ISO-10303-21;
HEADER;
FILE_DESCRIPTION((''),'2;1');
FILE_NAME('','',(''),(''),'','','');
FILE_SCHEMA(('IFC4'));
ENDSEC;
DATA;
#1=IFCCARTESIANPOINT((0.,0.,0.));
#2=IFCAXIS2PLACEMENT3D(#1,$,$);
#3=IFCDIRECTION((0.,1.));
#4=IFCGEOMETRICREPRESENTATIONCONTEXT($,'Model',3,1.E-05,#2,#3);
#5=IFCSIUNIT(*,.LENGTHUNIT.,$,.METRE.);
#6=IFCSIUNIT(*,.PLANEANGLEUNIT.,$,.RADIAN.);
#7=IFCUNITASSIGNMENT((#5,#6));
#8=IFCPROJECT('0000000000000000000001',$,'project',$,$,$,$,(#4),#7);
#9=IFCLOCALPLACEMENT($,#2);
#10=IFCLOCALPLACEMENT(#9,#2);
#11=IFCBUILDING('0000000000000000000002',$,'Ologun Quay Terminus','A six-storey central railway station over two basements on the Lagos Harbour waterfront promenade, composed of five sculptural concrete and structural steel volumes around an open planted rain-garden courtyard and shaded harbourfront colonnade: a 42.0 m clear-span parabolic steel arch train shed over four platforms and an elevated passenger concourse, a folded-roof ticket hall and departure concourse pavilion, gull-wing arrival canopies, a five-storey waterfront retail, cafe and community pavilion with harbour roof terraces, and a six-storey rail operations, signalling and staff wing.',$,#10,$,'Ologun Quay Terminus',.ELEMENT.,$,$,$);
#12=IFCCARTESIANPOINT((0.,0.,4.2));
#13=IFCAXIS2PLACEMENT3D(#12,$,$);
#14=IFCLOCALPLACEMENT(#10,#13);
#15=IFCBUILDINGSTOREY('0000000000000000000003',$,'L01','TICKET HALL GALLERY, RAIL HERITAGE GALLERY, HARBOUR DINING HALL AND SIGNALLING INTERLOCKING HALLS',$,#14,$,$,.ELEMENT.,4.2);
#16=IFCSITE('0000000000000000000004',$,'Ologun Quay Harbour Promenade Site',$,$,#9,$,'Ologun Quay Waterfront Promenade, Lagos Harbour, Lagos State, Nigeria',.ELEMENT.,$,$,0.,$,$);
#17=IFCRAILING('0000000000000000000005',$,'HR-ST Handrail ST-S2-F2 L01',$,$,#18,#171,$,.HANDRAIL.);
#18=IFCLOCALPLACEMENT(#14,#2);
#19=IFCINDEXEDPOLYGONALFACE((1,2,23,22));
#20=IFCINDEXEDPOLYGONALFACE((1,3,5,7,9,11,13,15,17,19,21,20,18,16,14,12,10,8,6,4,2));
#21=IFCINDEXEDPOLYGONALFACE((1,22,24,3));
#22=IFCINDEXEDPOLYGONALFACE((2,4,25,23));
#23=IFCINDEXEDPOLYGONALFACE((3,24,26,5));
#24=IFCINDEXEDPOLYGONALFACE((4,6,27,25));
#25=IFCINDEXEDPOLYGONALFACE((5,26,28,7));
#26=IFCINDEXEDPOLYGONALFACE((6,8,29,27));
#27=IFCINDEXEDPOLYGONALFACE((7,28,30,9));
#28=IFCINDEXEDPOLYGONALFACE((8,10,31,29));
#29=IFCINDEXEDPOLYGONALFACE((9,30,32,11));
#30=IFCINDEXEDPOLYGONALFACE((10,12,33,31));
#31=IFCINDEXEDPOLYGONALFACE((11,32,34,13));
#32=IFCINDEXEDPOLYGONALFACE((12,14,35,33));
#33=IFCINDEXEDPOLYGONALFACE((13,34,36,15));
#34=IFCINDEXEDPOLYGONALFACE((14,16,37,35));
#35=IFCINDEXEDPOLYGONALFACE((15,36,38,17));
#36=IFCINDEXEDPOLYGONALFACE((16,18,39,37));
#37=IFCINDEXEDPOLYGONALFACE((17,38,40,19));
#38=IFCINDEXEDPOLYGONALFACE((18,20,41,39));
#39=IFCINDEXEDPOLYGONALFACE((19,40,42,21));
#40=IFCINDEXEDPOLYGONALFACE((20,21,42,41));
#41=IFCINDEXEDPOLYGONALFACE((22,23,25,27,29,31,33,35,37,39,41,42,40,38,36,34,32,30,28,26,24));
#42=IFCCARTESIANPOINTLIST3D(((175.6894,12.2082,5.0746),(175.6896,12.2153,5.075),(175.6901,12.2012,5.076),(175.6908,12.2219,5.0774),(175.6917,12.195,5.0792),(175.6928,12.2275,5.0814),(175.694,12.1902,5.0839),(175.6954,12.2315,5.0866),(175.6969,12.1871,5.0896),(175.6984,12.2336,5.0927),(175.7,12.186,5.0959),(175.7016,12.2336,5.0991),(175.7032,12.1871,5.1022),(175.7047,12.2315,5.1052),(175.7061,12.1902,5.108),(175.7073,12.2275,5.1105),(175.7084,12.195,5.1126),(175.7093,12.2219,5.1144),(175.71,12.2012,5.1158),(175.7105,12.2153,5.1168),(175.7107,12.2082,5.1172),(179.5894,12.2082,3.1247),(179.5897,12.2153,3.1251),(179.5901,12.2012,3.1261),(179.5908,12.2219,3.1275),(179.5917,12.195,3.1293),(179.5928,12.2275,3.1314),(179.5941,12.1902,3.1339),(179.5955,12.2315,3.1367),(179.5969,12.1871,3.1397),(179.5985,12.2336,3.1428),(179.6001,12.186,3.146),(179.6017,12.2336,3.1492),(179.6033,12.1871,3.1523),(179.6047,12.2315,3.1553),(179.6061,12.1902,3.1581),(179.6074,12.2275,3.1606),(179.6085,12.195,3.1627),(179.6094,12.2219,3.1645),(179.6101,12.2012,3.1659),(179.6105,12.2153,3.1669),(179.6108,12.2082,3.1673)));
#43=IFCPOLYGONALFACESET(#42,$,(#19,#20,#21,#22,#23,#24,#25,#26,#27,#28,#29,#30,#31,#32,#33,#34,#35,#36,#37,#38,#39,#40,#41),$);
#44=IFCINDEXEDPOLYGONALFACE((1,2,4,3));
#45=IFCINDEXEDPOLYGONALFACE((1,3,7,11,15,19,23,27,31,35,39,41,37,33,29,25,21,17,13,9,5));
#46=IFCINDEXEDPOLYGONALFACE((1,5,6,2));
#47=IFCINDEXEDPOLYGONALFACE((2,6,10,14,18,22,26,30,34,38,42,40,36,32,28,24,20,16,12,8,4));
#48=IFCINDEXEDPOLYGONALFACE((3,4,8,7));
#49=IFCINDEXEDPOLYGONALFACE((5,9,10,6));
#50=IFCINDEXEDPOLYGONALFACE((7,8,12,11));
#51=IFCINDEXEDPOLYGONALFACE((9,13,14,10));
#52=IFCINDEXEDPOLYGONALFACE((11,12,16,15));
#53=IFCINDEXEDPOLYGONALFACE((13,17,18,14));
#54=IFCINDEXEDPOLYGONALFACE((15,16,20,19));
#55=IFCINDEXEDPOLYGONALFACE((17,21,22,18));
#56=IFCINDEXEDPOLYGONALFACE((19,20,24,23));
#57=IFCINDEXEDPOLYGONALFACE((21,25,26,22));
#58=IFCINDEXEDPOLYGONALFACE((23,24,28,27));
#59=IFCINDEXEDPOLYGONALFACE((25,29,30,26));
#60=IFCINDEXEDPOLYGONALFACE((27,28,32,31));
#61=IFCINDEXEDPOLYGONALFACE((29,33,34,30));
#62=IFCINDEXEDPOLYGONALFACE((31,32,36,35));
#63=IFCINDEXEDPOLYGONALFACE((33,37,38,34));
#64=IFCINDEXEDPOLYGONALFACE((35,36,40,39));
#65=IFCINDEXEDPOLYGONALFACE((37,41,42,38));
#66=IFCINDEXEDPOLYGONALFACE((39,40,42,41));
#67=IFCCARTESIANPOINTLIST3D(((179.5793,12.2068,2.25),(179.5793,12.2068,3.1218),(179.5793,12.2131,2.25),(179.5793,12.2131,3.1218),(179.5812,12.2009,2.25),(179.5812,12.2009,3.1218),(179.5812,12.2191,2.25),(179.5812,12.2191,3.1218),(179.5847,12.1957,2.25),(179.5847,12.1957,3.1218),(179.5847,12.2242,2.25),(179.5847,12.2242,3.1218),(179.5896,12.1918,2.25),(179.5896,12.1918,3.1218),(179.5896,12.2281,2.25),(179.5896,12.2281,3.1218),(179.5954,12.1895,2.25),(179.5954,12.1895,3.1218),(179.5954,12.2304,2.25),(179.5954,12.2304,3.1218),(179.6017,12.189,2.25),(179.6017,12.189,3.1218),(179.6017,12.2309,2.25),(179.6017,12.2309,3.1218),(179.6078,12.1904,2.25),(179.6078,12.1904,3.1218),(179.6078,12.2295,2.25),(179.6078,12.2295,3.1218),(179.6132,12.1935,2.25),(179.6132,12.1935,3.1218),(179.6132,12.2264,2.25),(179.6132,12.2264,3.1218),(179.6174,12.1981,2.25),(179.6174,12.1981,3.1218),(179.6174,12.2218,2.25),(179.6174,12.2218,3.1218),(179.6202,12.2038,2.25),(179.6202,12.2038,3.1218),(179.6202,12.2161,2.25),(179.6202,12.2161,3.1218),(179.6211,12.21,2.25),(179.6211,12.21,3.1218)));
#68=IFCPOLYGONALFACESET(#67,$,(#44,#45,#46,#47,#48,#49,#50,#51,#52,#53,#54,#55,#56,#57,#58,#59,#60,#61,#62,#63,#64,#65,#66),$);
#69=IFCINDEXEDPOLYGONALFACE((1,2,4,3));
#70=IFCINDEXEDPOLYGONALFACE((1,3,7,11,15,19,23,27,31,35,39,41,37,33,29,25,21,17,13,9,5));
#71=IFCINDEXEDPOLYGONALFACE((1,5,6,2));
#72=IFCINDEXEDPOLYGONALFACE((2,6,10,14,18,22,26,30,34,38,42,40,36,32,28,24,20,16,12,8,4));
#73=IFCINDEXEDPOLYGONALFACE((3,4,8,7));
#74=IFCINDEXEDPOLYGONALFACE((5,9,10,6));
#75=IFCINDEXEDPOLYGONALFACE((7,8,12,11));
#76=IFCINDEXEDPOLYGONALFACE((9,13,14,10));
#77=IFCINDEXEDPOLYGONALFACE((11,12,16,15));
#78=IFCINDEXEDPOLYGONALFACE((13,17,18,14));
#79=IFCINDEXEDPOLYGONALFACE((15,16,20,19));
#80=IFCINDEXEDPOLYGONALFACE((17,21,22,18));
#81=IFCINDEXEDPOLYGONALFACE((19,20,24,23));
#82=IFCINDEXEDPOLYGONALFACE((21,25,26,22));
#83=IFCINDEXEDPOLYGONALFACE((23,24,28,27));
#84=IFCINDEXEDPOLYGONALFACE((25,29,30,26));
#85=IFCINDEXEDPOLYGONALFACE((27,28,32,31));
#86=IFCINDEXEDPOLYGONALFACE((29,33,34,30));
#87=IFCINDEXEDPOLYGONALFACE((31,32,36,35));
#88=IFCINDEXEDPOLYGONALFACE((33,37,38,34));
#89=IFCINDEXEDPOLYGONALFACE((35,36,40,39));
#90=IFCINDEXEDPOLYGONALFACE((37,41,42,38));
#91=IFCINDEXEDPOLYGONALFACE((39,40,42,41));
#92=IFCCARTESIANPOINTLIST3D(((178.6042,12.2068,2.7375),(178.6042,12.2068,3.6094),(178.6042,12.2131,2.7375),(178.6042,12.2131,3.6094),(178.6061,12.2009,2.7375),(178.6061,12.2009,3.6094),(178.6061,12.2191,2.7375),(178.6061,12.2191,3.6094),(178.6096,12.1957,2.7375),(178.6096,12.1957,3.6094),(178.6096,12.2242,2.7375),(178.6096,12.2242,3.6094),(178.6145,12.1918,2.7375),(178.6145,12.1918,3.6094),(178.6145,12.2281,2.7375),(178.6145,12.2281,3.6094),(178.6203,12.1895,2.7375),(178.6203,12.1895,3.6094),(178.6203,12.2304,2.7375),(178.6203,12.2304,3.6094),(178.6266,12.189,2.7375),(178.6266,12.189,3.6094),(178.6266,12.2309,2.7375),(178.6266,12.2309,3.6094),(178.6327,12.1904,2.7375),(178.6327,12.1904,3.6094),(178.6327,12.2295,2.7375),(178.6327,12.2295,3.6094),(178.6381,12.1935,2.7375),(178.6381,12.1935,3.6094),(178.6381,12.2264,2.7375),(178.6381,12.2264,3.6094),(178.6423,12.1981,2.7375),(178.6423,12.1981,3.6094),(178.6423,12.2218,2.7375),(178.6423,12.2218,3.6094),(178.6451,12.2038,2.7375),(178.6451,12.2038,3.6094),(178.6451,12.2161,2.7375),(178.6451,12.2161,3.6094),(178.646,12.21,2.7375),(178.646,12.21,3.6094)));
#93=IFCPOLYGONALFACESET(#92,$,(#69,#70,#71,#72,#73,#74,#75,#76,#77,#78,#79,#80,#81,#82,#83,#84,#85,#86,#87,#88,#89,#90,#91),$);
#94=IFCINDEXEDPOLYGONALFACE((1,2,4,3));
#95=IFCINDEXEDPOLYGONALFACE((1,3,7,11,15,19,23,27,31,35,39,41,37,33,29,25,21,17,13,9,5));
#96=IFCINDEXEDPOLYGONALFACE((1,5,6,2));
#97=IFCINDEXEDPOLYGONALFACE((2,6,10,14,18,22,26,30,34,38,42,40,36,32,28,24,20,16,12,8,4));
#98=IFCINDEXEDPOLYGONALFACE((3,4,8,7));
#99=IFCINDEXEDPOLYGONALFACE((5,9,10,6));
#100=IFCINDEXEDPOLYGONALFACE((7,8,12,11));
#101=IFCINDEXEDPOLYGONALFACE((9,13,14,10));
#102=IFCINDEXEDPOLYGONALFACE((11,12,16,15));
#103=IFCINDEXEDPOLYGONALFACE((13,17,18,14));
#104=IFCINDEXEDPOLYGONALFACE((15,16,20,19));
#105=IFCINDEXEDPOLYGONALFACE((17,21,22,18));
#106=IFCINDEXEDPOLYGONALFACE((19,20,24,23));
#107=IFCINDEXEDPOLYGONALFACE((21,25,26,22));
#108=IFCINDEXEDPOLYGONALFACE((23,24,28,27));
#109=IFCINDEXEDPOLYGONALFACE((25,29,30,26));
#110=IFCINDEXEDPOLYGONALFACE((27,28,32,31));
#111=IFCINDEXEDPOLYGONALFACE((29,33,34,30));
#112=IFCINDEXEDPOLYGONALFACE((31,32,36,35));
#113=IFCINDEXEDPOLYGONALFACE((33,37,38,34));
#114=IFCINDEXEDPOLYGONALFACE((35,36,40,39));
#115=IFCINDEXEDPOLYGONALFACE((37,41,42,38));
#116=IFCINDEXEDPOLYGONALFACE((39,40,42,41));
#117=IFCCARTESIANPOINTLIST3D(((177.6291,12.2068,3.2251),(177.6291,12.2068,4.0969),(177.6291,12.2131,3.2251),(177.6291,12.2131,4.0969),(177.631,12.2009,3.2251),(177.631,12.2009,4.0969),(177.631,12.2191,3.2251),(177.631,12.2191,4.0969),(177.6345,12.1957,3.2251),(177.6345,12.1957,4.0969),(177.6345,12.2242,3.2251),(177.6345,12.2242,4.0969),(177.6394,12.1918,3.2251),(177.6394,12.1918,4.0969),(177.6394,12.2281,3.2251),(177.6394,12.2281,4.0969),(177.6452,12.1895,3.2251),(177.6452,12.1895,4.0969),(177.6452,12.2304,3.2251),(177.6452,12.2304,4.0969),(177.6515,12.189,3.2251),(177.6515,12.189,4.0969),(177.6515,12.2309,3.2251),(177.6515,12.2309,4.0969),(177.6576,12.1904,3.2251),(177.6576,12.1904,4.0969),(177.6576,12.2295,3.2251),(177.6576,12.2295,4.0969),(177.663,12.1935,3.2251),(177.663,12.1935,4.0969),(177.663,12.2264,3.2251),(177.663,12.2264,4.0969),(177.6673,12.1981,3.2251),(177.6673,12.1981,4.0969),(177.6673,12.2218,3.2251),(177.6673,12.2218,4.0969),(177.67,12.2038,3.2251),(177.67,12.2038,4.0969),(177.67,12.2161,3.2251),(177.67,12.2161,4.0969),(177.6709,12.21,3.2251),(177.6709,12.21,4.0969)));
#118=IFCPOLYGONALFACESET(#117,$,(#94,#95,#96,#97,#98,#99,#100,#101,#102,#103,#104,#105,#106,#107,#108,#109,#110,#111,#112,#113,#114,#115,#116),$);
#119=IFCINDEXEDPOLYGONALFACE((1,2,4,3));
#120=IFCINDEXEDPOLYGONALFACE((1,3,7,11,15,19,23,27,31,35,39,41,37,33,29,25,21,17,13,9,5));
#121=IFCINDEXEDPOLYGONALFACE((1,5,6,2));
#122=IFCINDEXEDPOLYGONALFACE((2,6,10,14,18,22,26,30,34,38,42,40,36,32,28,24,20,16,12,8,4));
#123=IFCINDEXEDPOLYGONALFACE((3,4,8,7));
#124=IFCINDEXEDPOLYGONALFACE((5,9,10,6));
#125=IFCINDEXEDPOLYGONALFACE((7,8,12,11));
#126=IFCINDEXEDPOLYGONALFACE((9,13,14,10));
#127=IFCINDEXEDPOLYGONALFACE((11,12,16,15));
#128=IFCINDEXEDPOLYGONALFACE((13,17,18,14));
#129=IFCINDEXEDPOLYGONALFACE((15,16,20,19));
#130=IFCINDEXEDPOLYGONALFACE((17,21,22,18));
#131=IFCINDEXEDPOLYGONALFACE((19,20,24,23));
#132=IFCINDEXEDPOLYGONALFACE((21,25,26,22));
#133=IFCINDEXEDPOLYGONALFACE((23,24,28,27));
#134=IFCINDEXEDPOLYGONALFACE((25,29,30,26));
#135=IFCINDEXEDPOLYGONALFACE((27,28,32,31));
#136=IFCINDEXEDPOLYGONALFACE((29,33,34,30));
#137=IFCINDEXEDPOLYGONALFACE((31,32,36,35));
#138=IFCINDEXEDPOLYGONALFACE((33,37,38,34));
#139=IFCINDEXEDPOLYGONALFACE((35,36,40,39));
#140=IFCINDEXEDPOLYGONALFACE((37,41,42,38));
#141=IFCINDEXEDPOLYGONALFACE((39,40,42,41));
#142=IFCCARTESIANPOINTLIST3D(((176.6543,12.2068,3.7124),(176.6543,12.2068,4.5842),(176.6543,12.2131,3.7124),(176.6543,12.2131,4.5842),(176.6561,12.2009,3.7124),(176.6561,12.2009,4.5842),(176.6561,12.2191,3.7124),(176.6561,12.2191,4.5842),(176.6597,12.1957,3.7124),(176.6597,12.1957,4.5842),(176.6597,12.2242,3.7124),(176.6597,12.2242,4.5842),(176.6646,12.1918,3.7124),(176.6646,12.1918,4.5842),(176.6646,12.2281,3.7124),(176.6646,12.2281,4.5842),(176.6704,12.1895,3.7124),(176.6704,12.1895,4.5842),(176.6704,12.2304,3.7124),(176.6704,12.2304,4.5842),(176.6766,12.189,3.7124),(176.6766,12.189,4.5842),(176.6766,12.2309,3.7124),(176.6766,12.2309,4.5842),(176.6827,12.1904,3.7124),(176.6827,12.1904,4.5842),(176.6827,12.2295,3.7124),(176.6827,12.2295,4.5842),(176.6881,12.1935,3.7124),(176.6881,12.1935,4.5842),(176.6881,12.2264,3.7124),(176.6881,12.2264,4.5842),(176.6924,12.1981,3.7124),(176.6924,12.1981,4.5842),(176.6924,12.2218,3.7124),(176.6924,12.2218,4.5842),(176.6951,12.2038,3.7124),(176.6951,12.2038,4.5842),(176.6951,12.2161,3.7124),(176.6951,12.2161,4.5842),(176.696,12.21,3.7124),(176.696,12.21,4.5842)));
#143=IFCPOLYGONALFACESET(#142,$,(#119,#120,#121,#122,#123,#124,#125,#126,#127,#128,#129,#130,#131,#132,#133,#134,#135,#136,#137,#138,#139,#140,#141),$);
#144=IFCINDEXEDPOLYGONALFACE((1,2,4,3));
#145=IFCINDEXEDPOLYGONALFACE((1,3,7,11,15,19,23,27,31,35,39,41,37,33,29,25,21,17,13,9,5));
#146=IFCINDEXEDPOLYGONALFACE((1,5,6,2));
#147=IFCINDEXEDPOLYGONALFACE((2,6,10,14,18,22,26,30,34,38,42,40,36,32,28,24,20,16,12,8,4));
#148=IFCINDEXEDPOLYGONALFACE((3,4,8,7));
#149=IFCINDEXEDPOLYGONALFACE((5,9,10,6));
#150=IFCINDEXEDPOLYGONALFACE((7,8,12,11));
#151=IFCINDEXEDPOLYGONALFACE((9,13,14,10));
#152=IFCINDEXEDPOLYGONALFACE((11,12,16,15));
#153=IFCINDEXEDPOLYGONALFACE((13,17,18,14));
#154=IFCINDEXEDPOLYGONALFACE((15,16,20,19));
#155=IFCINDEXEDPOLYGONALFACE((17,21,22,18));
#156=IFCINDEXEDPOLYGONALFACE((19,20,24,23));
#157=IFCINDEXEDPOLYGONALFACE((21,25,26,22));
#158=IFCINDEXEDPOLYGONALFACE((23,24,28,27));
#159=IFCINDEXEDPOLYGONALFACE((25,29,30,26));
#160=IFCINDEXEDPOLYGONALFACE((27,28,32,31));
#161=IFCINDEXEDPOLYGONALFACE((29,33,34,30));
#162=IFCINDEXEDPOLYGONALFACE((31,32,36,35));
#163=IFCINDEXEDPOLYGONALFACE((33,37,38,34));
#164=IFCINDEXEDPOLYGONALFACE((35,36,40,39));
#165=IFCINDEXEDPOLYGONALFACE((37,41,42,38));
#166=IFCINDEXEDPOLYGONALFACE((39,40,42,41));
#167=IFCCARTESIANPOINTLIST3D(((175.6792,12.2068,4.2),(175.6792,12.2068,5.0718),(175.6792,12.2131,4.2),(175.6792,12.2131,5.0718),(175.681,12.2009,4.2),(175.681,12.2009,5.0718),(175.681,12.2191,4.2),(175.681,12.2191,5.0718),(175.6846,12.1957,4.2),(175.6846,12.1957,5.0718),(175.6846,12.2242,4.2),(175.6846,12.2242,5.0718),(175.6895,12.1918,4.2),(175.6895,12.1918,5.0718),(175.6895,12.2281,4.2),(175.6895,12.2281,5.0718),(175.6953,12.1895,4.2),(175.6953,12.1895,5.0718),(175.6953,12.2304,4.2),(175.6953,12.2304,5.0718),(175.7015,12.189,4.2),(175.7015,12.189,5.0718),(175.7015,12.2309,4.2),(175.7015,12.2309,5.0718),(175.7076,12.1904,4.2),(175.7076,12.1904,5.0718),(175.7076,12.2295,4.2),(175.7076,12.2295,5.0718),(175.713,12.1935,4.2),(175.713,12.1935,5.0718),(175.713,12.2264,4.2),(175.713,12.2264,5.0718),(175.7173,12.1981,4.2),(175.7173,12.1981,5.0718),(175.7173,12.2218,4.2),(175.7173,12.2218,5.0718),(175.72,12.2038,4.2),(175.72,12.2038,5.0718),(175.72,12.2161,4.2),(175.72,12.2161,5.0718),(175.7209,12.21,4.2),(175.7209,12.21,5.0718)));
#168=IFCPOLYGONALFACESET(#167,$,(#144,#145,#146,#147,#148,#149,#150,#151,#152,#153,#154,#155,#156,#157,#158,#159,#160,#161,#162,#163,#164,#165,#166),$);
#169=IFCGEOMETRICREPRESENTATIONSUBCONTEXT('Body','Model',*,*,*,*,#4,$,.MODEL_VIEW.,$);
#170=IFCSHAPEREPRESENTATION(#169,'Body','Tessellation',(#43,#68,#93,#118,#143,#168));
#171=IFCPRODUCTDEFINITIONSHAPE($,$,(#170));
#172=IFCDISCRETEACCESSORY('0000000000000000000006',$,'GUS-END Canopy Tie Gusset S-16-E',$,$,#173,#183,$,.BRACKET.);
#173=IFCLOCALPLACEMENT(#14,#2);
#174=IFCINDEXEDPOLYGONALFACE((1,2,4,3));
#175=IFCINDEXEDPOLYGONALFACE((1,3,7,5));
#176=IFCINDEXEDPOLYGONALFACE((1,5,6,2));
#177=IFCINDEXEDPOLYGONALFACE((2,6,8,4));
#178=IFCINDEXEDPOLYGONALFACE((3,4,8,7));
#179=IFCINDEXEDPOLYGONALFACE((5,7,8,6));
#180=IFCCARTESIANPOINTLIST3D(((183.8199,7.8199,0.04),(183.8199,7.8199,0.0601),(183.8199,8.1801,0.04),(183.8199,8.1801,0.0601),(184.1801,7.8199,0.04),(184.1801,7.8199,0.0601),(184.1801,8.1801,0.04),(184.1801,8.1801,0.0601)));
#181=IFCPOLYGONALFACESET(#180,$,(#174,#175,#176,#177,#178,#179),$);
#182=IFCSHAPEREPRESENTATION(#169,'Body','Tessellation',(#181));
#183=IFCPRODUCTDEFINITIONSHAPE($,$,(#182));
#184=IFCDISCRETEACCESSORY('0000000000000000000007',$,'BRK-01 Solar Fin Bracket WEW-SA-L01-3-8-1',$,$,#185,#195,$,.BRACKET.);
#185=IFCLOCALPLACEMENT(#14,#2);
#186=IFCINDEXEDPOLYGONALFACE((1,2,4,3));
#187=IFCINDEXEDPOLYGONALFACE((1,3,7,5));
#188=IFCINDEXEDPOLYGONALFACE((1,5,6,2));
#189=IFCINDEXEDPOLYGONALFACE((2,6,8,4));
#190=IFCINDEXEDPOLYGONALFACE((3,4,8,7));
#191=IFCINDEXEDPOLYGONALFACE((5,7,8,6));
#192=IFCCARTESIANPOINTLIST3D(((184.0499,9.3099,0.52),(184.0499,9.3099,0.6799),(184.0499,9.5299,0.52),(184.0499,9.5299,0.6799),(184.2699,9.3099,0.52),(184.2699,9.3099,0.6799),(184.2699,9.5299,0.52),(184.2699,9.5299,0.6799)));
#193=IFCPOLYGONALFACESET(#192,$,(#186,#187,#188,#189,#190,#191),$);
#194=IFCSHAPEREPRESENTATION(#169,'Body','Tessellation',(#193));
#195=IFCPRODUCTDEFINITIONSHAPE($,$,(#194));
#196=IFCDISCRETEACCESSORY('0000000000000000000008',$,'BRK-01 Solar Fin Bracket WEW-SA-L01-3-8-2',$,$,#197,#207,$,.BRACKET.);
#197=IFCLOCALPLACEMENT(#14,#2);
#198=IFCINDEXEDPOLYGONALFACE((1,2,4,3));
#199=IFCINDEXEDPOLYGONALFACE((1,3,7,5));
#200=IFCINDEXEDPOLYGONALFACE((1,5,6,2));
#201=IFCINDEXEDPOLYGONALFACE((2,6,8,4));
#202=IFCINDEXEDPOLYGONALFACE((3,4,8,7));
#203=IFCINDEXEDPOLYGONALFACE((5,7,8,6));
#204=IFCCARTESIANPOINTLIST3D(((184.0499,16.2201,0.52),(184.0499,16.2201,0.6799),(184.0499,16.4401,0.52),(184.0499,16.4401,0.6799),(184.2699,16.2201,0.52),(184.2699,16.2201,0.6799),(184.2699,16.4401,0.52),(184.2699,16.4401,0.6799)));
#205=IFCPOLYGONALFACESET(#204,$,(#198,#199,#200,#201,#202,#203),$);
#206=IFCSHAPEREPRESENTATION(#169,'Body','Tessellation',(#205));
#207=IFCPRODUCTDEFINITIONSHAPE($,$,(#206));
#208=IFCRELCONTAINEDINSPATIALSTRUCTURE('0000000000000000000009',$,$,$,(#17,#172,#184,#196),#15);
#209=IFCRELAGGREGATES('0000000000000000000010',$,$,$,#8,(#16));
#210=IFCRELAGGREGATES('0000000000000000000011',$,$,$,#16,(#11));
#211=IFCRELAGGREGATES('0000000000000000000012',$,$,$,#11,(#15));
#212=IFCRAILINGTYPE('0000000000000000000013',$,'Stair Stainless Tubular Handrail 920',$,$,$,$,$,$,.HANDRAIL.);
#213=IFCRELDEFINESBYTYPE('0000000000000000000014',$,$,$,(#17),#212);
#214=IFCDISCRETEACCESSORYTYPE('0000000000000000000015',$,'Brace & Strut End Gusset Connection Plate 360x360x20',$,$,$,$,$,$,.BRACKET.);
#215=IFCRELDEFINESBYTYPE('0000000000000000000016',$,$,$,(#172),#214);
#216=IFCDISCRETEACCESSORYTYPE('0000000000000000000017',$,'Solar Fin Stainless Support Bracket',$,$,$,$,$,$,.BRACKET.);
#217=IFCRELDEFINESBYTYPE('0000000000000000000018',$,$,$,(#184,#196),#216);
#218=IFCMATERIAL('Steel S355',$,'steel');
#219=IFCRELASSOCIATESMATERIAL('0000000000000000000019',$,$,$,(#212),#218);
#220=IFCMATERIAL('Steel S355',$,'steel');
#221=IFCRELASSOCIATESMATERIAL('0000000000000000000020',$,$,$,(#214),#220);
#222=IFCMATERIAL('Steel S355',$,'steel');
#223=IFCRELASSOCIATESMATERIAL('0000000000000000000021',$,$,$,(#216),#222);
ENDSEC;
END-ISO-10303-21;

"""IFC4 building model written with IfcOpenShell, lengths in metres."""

from ifc_helpers import new_model, si_unit, direction, frame, origin, origin_2d, place, context, subcontext, project, spatial, rectangle, circle, extrude, material, type_object, element, save


model = new_model("IFC4")

# Units and contexts
model_context = context("Model", 3, precision=1e-05, world=origin(), true_north=direction((0.0, 1.0)))
body_context = subcontext(model_context, "Body", "Model", "MODEL_VIEW")
ifc_project = project(units=[si_unit("LENGTHUNIT", "METRE"), si_unit("PLANEANGLEUNIT", "RADIAN")], contexts=[model_context])

# Site, building, storey
site_placement = place(None, origin())
site = spatial("IfcSite", under=ifc_project, at=site_placement, Name="Ologun Quay Harbour Promenade Site", LongName="Ologun Quay Waterfront Promenade, Lagos Harbour, Lagos State, Nigeria", CompositionType="ELEMENT", RefElevation=0.0)
building_placement = place(site_placement, origin())
building = spatial("IfcBuilding", under=site, at=building_placement, Name="Ologun Quay Terminus", Description="A six-storey central railway station over two basements on the Lagos Harbour waterfront promenade, composed of five sculptural concrete and structural steel volumes around an open planted rain-garden courtyard and shaded harbourfront colonnade: a 42.0 m clear-span parabolic steel arch train shed over four platforms and an elevated passenger concourse, a folded-roof ticket hall and departure concourse pavilion, gull-wing arrival canopies, a five-storey waterfront retail, cafe and community pavilion with harbour roof terraces, and a six-storey rail operations, signalling and staff wing.", LongName="Ologun Quay Terminus", CompositionType="ELEMENT")
storey_placement = place(building_placement, frame((0.0, 0.0, 4.2)))
storey = spatial("IfcBuildingStorey", under=building, at=storey_placement, Name="L01", Description="TICKET HALL GALLERY, RAIL HERITAGE GALLERY, HARBOUR DINING HALL AND SIGNALLING INTERLOCKING HALLS", CompositionType="ELEMENT", Elevation=4.2)

# Railing
ifc_material_1 = material(Name="Steel S355", Category="steel")
railing_type_1 = type_object("IfcRailingType", Name="Stair Stainless Tubular Handrail 920", PredefinedType="HANDRAIL", material=ifc_material_1)
railing_1_placement = place(storey_placement, frame((179.6001, 12.21, 2.25)))
element("IfcRailing", 1, at=railing_1_placement, inside=storey, type_object=railing_type_1, Name="HR-ST Handrail ST-S2-F2 L01", PredefinedType="HANDRAIL", context=body_context, shape_type="SweptSolid", body=[
    extrude(circle(Radius=0.0239, at=origin_2d()), frame((0.0, 0.0, 0.896), z_axis=(-0.894438, 0.0, 0.447191), x_axis=(0.0, -1.0, 0.0)), (0.0, 0.0, 1.0), 4.3604),
    extrude(circle(Radius=0.021, at=origin_2d()), origin(), (0.0, 0.0, 1.0), 0.8718),
    extrude(circle(Radius=0.021, at=origin_2d()), frame((-0.9751, 0.0, 0.4875)), (0.0, 0.0, 1.0), 0.8718),
    extrude(circle(Radius=0.021, at=origin_2d()), frame((-1.9502, 0.0, 0.9751)), (0.0, 0.0, 1.0), 0.8718),
    extrude(circle(Radius=0.021, at=origin_2d()), frame((-2.925, 0.0, 1.4624)), (0.0, 0.0, 1.0), 0.8718),
    extrude(circle(Radius=0.021, at=origin_2d()), frame((-3.9001, 0.0, 1.95)), (0.0, 0.0, 1.0), 0.8718),
])

# Discrete accessories
ifc_material_2 = material(Name="Steel S355", Category="steel")
discrete_accessory_type_1 = type_object("IfcDiscreteAccessoryType", Name="Brace & Strut End Gusset Connection Plate 360x360x20", PredefinedType="BRACKET", material=ifc_material_2)
discrete_accessory_placement = place(storey_placement, frame((184.0, 8.0, 0.04), z_axis=(0.0, 0.0, 1.0), x_axis=(1.0, 0.0, 0.0)))
element("IfcDiscreteAccessory", 2, at=discrete_accessory_placement, inside=storey, type_object=discrete_accessory_type_1, Name="GUS-END Canopy Tie Gusset S-16-E", PredefinedType="BRACKET", context=body_context, shape_type="SweptSolid", body=[
    extrude(rectangle(XDim=0.3601, YDim=0.3601, at=origin_2d()), origin(), (0.0, 0.0, 1.0), 0.02),
])
ifc_material_3 = material(Name="Steel S355", Category="steel")
discrete_accessory_type_2 = type_object("IfcDiscreteAccessoryType", Name="Solar Fin Stainless Support Bracket", PredefinedType="BRACKET", material=ifc_material_3)
for number, where, z_axis, x_axis, name in (
    (3, (184.1599, 9.4199, 0.52), (0.0, 0.0, 1.0), (1.0, 0.0, 0.0), "BRK-01 Solar Fin Bracket WEW-SA-L01-3-8-1"),
    (4, (184.1599, 16.3301, 0.52), (0.0, 0.0, 1.0), (1.0, 0.0, 0.0), "BRK-01 Solar Fin Bracket WEW-SA-L01-3-8-2"),
):
    element("IfcDiscreteAccessory", number, at=place(storey_placement, frame(where, z_axis=z_axis, x_axis=x_axis)), inside=storey, type_object=discrete_accessory_type_2, Name=name, PredefinedType="BRACKET", context=body_context, shape_type="SweptSolid", body=[
        extrude(rectangle(XDim=0.22, YDim=0.22, at=origin_2d()), origin(), (0.0, 0.0, 1.0), 0.1599),
    ])

save(model, "model.ifc")
